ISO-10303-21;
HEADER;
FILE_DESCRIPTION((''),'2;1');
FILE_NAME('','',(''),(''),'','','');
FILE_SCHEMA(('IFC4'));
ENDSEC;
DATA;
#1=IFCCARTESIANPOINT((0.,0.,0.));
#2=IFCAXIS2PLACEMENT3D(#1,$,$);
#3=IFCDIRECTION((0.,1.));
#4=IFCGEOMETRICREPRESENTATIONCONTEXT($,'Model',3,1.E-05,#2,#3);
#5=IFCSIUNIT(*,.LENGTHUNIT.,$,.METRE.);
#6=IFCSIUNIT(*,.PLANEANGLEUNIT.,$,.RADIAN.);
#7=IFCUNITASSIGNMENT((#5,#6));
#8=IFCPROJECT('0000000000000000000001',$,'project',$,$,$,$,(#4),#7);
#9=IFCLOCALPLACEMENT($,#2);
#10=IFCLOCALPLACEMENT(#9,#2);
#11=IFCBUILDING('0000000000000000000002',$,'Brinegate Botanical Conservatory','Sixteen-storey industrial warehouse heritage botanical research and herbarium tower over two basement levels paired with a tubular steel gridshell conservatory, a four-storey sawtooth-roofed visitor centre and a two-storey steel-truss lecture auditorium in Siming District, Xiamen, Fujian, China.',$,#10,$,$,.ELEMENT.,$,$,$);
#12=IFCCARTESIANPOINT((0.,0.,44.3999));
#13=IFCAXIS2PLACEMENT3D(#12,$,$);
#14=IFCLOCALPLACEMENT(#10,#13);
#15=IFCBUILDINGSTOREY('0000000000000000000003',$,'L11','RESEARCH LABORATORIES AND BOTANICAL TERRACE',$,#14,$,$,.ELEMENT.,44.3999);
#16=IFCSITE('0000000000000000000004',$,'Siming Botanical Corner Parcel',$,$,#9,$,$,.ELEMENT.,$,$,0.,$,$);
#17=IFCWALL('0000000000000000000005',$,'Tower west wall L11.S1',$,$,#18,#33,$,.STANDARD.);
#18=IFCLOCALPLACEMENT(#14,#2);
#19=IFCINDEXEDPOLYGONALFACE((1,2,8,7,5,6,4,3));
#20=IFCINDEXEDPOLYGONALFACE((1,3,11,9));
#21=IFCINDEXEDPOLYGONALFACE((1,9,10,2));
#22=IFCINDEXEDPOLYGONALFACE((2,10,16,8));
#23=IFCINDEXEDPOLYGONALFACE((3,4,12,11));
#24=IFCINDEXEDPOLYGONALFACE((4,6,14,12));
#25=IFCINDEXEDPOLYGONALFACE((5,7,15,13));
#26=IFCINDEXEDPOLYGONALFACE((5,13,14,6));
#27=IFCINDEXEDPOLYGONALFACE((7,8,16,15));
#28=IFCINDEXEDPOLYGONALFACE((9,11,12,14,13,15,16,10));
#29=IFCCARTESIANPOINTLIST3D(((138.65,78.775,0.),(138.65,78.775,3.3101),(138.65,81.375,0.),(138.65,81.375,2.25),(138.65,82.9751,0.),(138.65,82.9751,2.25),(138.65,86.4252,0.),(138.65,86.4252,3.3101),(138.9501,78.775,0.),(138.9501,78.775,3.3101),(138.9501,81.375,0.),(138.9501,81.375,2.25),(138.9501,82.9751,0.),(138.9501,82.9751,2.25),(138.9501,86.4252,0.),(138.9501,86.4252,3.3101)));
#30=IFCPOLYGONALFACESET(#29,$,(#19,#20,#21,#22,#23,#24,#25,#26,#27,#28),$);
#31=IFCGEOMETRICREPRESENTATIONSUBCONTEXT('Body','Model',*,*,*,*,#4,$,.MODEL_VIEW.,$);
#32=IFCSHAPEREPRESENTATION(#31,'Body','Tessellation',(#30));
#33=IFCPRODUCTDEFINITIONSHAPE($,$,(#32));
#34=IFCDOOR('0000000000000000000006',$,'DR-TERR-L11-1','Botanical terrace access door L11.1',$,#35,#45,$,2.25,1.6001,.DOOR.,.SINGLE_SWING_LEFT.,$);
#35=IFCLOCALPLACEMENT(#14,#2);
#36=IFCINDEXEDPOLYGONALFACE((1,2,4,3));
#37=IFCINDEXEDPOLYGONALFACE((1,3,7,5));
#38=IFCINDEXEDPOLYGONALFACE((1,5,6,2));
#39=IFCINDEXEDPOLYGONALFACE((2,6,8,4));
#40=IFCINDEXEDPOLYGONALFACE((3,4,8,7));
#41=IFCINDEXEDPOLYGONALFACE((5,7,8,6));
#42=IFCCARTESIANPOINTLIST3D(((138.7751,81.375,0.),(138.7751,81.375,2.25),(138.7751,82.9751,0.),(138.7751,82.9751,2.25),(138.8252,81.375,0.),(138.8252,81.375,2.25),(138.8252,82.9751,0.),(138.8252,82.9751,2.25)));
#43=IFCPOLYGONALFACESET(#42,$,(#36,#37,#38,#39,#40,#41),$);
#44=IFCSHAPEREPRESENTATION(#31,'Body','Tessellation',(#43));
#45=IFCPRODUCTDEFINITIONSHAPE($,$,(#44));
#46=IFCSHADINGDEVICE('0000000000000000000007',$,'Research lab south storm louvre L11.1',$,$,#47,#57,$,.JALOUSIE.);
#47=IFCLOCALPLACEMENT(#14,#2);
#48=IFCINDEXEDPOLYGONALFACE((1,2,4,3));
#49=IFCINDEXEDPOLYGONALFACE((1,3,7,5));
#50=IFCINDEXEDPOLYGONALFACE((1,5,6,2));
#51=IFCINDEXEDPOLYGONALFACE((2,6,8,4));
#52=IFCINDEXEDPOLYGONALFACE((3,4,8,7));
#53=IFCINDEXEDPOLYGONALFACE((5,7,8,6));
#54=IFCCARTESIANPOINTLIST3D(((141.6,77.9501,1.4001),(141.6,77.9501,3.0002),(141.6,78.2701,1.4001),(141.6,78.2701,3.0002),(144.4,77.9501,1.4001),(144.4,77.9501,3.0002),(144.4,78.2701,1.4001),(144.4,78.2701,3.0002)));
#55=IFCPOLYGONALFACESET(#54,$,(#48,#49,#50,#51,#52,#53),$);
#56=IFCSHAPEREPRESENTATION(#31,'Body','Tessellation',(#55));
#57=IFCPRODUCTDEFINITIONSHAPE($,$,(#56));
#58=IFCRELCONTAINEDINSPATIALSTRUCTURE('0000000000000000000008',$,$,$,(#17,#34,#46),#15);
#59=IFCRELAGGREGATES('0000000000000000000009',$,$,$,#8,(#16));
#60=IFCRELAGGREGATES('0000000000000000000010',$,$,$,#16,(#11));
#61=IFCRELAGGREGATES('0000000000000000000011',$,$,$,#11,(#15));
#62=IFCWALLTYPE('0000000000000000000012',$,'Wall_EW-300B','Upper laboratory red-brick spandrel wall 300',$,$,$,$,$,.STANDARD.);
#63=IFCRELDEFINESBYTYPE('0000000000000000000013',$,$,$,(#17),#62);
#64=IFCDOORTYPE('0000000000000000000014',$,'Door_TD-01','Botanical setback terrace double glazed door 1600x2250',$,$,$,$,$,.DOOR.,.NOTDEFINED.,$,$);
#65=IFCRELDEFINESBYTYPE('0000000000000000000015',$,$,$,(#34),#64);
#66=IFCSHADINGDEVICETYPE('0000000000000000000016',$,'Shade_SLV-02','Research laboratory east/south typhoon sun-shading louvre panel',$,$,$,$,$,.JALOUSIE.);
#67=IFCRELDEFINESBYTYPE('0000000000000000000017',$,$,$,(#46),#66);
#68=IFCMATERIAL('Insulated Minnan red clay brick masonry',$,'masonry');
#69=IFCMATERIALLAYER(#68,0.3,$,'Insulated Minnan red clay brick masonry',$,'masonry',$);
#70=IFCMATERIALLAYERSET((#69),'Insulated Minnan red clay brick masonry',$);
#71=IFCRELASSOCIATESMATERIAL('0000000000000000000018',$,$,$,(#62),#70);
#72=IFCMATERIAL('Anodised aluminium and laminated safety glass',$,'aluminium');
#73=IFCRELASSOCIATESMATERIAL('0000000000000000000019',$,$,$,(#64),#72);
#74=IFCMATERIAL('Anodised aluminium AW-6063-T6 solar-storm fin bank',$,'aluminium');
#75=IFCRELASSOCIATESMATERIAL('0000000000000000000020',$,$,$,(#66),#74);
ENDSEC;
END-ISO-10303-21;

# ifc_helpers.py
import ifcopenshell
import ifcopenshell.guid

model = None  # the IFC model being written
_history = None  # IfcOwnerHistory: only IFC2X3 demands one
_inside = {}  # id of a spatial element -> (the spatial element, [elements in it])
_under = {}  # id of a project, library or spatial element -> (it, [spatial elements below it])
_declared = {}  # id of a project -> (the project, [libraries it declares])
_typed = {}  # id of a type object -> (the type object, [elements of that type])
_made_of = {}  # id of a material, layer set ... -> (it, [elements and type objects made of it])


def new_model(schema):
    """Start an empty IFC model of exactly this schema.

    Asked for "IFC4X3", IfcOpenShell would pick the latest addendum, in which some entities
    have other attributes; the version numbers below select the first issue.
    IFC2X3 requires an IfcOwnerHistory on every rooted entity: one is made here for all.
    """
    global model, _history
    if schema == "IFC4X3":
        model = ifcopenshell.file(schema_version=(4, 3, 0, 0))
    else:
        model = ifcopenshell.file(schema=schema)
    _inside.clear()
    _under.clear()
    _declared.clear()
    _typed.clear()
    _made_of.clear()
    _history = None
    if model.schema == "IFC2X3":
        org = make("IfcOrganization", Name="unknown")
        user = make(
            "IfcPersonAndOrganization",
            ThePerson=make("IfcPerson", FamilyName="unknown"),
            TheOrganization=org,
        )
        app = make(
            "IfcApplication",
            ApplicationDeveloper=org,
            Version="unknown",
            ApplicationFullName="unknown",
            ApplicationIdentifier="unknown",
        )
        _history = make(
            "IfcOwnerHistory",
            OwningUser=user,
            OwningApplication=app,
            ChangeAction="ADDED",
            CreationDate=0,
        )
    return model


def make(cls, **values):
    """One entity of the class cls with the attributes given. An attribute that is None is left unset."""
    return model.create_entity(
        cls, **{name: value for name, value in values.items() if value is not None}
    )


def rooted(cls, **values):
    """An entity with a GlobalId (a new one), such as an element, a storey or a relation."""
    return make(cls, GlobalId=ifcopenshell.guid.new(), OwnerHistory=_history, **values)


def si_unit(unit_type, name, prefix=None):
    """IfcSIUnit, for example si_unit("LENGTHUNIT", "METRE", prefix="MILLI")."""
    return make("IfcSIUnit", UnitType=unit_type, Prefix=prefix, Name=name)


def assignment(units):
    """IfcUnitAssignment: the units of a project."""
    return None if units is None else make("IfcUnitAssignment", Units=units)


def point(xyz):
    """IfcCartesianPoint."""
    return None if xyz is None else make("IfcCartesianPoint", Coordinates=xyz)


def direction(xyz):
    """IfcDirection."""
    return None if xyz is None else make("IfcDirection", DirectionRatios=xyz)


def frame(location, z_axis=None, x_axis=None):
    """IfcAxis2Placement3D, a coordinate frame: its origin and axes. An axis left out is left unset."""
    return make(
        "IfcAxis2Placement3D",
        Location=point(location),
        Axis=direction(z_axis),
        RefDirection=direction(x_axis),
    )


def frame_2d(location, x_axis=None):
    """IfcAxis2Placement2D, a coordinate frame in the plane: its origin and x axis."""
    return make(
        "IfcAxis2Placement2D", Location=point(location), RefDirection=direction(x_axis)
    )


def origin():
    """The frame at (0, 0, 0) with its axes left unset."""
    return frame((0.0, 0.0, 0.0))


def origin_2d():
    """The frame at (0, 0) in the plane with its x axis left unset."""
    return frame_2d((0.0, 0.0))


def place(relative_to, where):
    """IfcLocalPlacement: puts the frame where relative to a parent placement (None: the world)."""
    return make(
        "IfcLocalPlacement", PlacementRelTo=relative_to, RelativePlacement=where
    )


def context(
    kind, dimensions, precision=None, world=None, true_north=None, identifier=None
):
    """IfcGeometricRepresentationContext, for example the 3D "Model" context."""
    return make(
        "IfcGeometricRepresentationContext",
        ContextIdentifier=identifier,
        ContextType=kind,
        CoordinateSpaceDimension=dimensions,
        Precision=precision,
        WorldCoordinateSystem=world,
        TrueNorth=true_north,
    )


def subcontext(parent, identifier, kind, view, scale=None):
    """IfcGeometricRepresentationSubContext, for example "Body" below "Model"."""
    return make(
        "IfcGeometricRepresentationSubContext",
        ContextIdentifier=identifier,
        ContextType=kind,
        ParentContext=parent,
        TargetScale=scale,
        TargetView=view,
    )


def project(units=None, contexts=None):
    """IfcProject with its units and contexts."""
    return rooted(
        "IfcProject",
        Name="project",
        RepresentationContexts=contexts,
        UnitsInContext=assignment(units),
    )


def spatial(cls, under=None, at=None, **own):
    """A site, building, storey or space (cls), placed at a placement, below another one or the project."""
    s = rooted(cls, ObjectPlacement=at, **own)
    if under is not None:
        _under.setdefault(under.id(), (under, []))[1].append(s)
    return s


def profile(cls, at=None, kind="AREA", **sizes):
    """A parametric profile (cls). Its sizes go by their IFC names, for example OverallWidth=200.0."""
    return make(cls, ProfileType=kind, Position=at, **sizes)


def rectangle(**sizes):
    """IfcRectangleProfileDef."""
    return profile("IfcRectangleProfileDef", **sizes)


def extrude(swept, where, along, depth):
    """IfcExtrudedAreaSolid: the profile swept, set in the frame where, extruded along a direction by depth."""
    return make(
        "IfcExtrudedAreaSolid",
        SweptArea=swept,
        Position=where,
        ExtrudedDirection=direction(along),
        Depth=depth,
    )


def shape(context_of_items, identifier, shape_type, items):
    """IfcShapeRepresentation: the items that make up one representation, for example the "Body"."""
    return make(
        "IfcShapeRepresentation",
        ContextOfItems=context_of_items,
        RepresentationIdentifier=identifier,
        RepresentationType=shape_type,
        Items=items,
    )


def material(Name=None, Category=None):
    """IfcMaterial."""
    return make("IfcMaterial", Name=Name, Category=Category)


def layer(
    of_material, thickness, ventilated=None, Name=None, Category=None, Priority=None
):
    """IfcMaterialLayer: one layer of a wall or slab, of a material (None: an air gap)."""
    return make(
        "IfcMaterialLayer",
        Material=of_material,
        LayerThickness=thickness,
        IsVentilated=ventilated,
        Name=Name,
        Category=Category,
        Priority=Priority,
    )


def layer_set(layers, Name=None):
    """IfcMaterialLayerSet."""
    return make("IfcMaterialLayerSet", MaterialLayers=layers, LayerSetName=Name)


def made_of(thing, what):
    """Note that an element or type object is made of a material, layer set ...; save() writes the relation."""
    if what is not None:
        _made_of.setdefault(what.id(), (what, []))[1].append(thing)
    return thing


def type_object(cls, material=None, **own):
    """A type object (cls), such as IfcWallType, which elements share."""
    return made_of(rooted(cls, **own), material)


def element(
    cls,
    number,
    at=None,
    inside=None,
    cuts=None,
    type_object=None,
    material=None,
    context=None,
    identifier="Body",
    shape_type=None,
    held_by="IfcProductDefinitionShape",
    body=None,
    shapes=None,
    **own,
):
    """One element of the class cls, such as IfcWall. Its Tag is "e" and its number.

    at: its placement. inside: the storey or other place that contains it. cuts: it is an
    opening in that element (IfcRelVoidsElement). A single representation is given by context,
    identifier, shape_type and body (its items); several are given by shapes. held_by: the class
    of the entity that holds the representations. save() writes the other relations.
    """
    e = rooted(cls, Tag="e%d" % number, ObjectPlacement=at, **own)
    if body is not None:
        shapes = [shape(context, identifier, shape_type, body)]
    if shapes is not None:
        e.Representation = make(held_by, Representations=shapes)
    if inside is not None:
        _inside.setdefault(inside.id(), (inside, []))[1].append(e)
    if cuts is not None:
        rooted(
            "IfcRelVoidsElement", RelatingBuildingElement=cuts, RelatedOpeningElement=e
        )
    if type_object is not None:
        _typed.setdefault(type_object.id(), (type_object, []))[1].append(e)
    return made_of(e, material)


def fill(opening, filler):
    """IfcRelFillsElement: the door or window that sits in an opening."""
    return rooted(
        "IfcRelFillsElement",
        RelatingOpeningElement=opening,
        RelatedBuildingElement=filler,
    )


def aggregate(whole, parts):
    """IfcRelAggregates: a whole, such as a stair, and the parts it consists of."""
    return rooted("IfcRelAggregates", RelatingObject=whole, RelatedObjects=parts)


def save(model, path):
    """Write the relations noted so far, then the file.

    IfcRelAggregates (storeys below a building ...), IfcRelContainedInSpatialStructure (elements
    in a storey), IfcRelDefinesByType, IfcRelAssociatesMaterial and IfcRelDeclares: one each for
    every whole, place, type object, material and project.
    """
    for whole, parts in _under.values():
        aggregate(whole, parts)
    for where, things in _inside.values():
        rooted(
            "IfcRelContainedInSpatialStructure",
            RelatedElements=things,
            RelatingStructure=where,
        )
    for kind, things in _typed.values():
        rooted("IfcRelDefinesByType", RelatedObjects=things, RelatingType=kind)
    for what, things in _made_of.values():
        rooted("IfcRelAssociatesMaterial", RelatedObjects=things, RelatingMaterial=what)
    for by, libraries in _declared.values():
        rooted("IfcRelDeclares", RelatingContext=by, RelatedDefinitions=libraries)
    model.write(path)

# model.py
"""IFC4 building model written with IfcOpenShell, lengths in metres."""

from ifc_helpers import new_model, si_unit, direction, frame, frame_2d, origin, origin_2d, place, context, subcontext, project, spatial, rectangle, extrude, material, layer, layer_set, type_object, element, fill, save


model = new_model("IFC4")

# Units and contexts
model_context = context("Model", 3, precision=1e-05, world=origin(), true_north=direction((0.0, 1.0)))
body_context = subcontext(model_context, "Body", "Model", "MODEL_VIEW")
ifc_project = project(units=[si_unit("LENGTHUNIT", "METRE"), si_unit("PLANEANGLEUNIT", "RADIAN")], contexts=[model_context])

# Site, building, storey
site_placement = place(None, origin())
site = spatial("IfcSite", under=ifc_project, at=site_placement, Name="Siming Botanical Corner Parcel", CompositionType="ELEMENT", RefElevation=0.0)
building_placement = place(site_placement, origin())
building = spatial("IfcBuilding", under=site, at=building_placement, Name="Brinegate Botanical Conservatory", Description="Sixteen-storey industrial warehouse heritage botanical research and herbarium tower over two basement levels paired with a tubular steel gridshell conservatory, a four-storey sawtooth-roofed visitor centre and a two-storey steel-truss lecture auditorium in Siming District, Xiamen, Fujian, China.", CompositionType="ELEMENT")
storey_placement = place(building_placement, frame((0.0, 0.0, 44.3999)))
storey = spatial("IfcBuildingStorey", under=building, at=storey_placement, Name="L11", Description="RESEARCH LABORATORIES AND BOTANICAL TERRACE", CompositionType="ELEMENT", Elevation=44.3999)

# Shared definitions
ifc_material_1 = material(Name="Insulated Minnan red clay brick masonry", Category="masonry")
ifc_layer = layer(ifc_material_1, 0.3, Name="Insulated Minnan red clay brick masonry", Category="masonry")
ifc_layer_set = layer_set([ifc_layer], Name="Insulated Minnan red clay brick masonry")
wall_type = type_object("IfcWallType", Name="Wall_EW-300B", Description="Upper laboratory red-brick spandrel wall 300", PredefinedType="STANDARD", material=ifc_layer_set)

# Wall, opening, door
wall_1_placement = place(storey_placement, frame((138.8, 78.7749, 0.0), z_axis=(0.0, 0.0, 1.0), x_axis=(0.0, 1.0, 0.0)))
wall_1 = element("IfcWall", 1, at=wall_1_placement, inside=storey, type_object=wall_type, Name="Tower west wall L11.S1", PredefinedType="STANDARD", context=body_context, shape_type="SweptSolid", body=[
    extrude(rectangle(XDim=7.6501, YDim=0.3, at=frame_2d((3.8252, 0.0))), origin(), (0.0, 0.0, 1.0), 3.3101),
])
opening_1_placement = place(wall_1_placement, frame((2.6001, 0.0, 0.0)))
opening_1 = element("IfcOpeningElement", 2, at=opening_1_placement, cuts=wall_1, PredefinedType="OPENING", context=body_context, shape_type="SweptSolid", body=[
    extrude(rectangle(XDim=1.6001, YDim=2.25, at=frame_2d((0.8, 1.125))), frame((0.0, 0.1599, 0.0), z_axis=(0.0, -1.0, 0.0), x_axis=(1.0, 0.0, 0.0)), (0.0, 0.0, 1.0), 0.3201),
])
ifc_material_2 = material(Name="Anodised aluminium and laminated safety glass", Category="aluminium")
door_type = type_object("IfcDoorType", Name="Door_TD-01", Description="Botanical setback terrace double glazed door 1600x2250", OperationType="NOTDEFINED", PredefinedType="DOOR", material=ifc_material_2)
door_placement = place(opening_1_placement, origin())
door = element("IfcDoor", 3, at=door_placement, inside=storey, type_object=door_type, Name="DR-TERR-L11-1", Description="Botanical terrace access door L11.1", OperationType="SINGLE_SWING_LEFT", OverallHeight=2.25, OverallWidth=1.6001, PredefinedType="DOOR", context=body_context, shape_type="SweptSolid", body=[
    extrude(rectangle(XDim=1.6001, YDim=2.25, at=frame_2d((0.8, 1.125))), frame((0.0, 0.0249, 0.0), z_axis=(0.0, -1.0, 0.0), x_axis=(1.0, 0.0, 0.0)), (0.0, 0.0, 1.0), 0.05),
])
fill(opening_1, door)

# Shading device
ifc_material_3 = material(Name="Anodised aluminium AW-6063-T6 solar-storm fin bank", Category="aluminium")
shading_device_type = type_object("IfcShadingDeviceType", Name="Shade_SLV-02", Description="Research laboratory east/south typhoon sun-shading louvre panel", PredefinedType="JALOUSIE", material=ifc_material_3)
shading_device_placement = place(storey_placement, frame((143.0, 78.1101, 1.4001), z_axis=(0.0, 0.0, 1.0), x_axis=(1.0, 0.0, 0.0)))
element("IfcShadingDevice", 4, at=shading_device_placement, inside=storey, type_object=shading_device_type, Name="Research lab south storm louvre L11.1", PredefinedType="JALOUSIE", context=body_context, shape_type="SweptSolid", body=[
    extrude(rectangle(XDim=2.8, YDim=0.3201, at=origin_2d()), origin(), (0.0, 0.0, 1.0), 1.6001),
])

save(model, "model.ifc")
